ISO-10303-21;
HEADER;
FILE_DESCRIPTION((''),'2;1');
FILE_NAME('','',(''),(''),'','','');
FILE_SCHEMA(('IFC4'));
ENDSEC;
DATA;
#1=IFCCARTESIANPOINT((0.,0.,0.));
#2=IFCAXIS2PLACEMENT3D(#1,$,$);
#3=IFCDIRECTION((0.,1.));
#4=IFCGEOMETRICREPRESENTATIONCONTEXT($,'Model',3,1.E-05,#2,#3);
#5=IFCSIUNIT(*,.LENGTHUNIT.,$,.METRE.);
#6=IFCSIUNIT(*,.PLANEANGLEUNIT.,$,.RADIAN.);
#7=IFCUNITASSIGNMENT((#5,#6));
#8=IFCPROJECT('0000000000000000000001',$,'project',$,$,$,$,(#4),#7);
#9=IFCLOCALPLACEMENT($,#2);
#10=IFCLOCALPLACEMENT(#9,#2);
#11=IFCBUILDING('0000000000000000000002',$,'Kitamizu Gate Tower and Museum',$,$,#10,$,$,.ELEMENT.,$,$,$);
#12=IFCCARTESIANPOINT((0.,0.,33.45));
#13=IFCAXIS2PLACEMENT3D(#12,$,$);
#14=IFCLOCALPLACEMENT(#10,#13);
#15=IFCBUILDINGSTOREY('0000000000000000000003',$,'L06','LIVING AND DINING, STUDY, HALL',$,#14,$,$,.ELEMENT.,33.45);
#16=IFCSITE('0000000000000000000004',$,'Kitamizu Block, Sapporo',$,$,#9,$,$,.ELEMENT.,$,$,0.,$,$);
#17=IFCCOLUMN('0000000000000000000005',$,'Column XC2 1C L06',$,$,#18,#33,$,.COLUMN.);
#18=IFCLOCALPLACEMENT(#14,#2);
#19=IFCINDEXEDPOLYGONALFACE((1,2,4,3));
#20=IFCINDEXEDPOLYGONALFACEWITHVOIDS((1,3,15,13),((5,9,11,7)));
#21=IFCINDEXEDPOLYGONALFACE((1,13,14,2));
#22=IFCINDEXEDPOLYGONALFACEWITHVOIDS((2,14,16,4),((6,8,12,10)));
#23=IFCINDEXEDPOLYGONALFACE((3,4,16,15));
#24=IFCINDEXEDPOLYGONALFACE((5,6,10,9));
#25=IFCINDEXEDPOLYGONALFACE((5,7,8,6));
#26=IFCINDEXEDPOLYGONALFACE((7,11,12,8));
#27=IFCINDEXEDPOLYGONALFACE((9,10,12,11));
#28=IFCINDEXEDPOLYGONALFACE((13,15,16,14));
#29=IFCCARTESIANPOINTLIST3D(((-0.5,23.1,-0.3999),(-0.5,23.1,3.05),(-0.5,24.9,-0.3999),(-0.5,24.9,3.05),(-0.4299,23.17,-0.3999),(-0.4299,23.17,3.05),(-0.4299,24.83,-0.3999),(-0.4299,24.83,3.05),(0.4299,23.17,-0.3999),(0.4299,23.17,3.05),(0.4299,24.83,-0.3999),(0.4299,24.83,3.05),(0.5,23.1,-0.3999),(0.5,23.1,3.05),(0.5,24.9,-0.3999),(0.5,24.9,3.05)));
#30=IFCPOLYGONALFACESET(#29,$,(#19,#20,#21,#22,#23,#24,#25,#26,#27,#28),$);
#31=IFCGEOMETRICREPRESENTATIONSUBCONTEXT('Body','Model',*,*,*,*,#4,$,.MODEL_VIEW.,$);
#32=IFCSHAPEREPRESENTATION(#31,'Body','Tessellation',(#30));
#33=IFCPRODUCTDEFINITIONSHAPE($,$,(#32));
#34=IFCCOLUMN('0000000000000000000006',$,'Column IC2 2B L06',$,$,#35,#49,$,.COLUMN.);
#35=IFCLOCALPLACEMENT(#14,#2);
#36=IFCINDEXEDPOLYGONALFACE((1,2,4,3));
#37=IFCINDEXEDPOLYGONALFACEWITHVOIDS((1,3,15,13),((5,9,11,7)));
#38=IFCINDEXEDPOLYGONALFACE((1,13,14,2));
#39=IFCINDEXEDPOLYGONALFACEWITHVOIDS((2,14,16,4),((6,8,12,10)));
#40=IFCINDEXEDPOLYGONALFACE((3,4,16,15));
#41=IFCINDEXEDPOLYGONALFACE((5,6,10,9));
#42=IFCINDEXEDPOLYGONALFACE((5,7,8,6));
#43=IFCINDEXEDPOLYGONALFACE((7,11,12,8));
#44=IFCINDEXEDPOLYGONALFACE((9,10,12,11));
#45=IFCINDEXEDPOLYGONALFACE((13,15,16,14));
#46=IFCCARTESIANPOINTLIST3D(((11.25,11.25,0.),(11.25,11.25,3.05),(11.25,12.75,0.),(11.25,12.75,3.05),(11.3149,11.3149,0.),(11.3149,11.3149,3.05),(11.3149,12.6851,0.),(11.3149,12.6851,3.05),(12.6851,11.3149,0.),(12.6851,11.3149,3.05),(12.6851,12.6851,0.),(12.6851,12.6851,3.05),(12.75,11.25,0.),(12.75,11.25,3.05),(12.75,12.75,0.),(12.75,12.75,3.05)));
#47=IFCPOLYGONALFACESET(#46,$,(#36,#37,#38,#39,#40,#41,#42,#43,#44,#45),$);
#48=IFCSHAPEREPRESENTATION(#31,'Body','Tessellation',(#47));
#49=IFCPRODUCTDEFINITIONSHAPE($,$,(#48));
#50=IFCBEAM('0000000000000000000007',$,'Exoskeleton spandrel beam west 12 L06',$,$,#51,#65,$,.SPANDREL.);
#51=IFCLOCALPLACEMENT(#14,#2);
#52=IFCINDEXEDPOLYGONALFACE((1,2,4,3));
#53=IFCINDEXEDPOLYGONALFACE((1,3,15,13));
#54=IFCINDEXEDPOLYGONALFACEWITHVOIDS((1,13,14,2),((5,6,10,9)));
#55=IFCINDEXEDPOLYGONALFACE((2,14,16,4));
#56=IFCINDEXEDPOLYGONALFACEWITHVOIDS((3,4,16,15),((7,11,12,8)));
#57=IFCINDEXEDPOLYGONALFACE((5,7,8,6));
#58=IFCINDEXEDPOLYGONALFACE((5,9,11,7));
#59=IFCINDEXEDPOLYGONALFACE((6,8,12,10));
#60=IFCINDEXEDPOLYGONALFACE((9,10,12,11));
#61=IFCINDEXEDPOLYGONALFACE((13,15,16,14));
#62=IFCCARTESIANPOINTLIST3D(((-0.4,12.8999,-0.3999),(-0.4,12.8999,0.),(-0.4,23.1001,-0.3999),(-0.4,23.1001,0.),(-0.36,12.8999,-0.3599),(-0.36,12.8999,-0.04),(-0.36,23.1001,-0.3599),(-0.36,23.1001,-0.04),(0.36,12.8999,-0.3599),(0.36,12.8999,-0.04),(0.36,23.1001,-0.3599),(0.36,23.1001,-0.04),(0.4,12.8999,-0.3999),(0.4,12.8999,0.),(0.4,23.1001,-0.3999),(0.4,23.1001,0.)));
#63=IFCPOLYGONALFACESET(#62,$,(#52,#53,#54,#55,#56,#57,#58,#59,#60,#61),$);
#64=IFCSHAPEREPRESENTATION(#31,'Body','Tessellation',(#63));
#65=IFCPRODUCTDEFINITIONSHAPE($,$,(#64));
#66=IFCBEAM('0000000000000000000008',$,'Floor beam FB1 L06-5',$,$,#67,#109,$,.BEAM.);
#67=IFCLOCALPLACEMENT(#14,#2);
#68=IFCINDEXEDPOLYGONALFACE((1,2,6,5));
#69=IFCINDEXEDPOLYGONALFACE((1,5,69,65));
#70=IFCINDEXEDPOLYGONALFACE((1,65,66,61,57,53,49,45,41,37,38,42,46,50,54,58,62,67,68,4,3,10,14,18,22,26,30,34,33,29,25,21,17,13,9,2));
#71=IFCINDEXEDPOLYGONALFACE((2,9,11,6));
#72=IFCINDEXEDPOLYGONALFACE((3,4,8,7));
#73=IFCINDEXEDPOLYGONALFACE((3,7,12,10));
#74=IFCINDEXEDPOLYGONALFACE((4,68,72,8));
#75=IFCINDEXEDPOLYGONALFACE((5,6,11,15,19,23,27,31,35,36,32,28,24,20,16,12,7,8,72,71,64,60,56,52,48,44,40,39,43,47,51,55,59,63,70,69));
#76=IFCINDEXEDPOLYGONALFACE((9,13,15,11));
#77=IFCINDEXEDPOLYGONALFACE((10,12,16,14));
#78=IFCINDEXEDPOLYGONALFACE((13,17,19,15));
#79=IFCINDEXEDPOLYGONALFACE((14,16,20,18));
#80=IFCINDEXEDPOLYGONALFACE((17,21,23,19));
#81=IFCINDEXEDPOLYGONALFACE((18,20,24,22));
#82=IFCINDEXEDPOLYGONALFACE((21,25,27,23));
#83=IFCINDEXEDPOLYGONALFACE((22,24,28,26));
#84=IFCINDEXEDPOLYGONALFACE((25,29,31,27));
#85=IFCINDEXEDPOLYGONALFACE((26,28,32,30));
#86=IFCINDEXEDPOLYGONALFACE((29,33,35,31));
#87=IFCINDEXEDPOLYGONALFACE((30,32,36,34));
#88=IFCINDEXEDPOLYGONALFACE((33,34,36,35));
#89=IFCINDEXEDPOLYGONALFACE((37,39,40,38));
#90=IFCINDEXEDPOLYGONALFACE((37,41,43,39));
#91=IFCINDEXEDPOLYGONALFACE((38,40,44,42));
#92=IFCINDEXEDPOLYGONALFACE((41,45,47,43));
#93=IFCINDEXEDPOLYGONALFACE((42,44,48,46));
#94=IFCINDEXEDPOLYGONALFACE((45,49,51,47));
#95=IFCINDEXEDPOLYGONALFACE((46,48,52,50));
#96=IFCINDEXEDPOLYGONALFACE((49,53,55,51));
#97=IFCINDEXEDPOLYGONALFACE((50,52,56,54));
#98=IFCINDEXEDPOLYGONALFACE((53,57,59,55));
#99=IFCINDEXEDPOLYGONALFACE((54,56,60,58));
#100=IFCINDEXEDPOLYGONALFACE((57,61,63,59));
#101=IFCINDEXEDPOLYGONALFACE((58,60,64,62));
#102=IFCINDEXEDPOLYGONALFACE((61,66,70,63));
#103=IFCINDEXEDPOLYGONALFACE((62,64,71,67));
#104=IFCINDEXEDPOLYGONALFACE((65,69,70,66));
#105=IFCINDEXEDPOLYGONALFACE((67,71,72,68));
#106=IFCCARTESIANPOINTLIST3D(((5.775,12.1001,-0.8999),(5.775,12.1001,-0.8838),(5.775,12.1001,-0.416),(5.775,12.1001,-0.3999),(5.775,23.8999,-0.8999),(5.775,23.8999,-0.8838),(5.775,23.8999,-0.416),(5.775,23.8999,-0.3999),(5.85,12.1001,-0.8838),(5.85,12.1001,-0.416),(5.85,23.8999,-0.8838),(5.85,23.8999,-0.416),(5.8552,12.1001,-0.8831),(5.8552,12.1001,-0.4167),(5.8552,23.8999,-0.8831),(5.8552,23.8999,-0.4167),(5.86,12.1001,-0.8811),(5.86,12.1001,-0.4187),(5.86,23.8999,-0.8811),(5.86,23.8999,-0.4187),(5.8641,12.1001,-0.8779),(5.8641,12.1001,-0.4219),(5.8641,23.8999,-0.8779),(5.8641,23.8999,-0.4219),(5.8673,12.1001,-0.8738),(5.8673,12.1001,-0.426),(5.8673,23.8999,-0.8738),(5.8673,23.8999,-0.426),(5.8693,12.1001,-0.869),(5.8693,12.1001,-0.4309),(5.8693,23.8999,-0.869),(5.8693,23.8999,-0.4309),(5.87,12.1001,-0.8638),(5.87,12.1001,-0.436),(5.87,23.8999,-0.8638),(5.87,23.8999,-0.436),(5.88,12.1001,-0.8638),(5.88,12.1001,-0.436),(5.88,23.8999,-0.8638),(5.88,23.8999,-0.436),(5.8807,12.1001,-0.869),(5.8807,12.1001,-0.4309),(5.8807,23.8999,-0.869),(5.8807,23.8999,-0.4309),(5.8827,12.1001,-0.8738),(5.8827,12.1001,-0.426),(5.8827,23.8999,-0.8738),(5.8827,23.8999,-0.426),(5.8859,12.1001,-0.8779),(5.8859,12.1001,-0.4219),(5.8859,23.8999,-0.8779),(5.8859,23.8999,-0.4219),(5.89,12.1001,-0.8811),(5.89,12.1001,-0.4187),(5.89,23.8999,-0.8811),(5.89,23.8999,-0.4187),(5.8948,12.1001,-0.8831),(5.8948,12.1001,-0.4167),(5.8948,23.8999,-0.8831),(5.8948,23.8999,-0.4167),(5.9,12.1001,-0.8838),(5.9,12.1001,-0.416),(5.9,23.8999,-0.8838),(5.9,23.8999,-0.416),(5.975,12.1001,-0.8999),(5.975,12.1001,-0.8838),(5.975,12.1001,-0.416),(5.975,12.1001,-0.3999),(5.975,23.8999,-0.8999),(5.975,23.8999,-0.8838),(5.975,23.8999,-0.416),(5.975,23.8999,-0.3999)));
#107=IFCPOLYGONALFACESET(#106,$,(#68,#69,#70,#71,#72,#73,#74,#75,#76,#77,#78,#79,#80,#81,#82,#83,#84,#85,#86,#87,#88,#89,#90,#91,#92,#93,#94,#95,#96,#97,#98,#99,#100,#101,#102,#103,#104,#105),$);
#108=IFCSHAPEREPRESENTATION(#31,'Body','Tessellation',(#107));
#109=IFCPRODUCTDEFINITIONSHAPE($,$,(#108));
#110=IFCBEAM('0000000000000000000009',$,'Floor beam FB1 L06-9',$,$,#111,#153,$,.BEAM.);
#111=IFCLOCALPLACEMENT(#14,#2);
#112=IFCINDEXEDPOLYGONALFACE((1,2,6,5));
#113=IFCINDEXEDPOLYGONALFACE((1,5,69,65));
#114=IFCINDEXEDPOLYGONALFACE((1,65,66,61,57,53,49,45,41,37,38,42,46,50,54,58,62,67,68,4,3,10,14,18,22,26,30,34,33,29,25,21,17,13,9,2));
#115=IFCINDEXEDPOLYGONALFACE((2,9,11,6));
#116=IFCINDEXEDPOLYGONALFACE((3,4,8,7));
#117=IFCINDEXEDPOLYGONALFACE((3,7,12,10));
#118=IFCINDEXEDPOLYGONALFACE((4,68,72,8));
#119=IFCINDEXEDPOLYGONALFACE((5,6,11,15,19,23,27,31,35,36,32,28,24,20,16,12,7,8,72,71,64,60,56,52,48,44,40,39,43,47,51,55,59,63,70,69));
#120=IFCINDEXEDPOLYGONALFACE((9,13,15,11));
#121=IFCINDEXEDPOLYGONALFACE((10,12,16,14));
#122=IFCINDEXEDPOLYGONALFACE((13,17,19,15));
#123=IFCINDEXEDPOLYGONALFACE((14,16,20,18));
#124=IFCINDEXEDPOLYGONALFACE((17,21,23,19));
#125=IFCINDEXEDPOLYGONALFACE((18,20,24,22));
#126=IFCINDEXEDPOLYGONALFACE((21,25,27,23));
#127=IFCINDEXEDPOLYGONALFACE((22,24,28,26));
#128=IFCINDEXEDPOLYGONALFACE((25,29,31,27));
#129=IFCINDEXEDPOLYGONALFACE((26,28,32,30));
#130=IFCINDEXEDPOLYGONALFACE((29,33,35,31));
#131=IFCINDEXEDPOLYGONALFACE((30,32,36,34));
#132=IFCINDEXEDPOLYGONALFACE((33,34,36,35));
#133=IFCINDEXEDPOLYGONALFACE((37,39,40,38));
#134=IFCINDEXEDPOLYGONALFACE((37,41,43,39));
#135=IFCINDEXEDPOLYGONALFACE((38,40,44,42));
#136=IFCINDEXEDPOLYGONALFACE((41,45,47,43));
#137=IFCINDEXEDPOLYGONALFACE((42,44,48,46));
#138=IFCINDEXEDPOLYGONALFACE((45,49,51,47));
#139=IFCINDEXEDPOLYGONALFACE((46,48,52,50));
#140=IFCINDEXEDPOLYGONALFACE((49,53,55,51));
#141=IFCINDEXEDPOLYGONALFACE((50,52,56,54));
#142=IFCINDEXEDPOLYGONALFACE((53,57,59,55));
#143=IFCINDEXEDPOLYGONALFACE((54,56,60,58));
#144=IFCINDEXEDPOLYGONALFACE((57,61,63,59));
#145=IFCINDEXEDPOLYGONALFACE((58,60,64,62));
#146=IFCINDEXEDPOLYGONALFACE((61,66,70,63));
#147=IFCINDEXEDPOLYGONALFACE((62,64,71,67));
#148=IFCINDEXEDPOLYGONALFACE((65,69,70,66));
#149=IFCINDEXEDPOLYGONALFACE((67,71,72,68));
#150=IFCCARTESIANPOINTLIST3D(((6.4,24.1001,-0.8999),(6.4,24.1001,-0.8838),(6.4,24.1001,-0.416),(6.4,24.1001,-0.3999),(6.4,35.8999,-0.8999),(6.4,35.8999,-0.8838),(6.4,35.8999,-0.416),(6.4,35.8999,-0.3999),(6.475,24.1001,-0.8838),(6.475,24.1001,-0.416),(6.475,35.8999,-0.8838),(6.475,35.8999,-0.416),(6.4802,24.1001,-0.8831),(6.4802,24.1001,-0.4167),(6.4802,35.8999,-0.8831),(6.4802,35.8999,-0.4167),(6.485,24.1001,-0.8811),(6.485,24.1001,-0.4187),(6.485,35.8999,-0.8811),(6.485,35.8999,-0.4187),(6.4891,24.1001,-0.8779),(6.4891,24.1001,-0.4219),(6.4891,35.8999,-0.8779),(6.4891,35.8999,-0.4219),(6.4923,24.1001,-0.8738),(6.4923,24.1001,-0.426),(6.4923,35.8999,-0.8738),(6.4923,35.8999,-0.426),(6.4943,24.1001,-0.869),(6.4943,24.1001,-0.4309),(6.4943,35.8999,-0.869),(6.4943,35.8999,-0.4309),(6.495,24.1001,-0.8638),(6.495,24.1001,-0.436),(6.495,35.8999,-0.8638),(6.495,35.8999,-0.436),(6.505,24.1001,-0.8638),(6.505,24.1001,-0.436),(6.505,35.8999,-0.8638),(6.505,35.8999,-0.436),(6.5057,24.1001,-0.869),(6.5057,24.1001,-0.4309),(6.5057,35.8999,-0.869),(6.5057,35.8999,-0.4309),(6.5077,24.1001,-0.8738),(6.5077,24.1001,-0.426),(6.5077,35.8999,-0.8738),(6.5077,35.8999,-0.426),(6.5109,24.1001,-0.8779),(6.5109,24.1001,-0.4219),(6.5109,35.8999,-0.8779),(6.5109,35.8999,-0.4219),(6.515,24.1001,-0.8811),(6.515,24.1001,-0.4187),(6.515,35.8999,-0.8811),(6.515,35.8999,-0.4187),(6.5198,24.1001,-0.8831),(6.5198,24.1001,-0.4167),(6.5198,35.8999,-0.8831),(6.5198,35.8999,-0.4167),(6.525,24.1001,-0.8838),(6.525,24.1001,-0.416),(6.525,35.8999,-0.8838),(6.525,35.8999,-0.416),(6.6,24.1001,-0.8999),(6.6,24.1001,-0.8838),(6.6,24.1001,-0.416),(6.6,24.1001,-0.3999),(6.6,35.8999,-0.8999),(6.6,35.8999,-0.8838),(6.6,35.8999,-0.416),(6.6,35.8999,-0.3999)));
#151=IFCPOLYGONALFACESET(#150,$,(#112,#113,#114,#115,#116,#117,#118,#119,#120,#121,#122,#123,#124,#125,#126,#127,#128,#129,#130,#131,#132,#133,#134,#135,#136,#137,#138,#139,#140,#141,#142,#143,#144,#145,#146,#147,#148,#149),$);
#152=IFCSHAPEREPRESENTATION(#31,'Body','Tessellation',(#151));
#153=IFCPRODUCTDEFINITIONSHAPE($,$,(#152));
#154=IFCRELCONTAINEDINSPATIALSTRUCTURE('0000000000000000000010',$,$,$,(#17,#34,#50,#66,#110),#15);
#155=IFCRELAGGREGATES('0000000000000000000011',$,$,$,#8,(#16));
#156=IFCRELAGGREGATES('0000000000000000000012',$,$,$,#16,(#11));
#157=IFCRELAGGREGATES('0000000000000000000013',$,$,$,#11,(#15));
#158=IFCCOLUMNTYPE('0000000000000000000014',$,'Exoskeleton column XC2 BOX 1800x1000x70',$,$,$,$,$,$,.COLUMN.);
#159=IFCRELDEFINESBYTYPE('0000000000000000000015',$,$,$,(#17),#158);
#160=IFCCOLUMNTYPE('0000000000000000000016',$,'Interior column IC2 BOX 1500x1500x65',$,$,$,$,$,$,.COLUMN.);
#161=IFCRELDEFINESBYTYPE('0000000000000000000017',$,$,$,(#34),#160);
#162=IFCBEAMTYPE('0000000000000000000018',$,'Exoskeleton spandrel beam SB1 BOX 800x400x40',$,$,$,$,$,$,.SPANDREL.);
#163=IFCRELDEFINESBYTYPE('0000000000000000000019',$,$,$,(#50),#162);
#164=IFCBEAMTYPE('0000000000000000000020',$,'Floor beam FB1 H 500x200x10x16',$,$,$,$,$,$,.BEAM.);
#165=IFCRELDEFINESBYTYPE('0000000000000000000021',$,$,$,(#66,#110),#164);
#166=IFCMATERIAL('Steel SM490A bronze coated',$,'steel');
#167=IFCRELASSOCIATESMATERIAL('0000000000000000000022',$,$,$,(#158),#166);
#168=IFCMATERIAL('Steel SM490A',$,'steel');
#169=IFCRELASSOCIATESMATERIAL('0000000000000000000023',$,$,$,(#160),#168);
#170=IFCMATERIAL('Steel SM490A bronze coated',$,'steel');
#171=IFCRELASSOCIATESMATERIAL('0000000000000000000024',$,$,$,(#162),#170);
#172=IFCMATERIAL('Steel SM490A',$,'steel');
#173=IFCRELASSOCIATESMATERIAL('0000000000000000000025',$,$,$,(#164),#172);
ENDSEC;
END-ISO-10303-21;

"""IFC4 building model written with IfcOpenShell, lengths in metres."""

from ifc_helpers import new_model, si_unit, direction, frame, origin, origin_2d, place, context, subcontext, project, spatial, hollow_rectangle, i_section, extrude, material, material_profile, profile_set, type_object, element, save


model = new_model("IFC4")

# Units and contexts
model_context = context("Model", 3, precision=1e-05, world=origin(), true_north=direction((0.0, 1.0)))
body_context = subcontext(model_context, "Body", "Model", "MODEL_VIEW")
ifc_project = project(units=[si_unit("LENGTHUNIT", "METRE"), si_unit("PLANEANGLEUNIT", "RADIAN")], contexts=[model_context])

# Site, building, storey
site_placement = place(None, origin())
site = spatial("IfcSite", under=ifc_project, at=site_placement, Name="Kitamizu Block, Sapporo", CompositionType="ELEMENT", RefElevation=0.0)
building_placement = place(site_placement, origin())
building = spatial("IfcBuilding", under=site, at=building_placement, Name="Kitamizu Gate Tower and Museum", CompositionType="ELEMENT")
storey_placement = place(building_placement, frame((0.0, 0.0, 33.45)))
storey = spatial("IfcBuildingStorey", under=building, at=storey_placement, Name="L06", Description="LIVING AND DINING, STUDY, HALL", CompositionType="ELEMENT", Elevation=33.45)

# Columns
ifc_material_1 = material(Name="Steel SM490A bronze coated", Category="steel")
ifc_material_profile_1 = material_profile(ifc_material_1, hollow_rectangle(XDim=1.8, YDim=1.0, WallThickness=0.0701, at=origin_2d()), Name="BOX 1800x1000x70")
ifc_profile_set_1 = profile_set([ifc_material_profile_1], Name="Steel SM490A bronze coated")
column_type_1 = type_object("IfcColumnType", Name="Exoskeleton column XC2 BOX 1800x1000x70", PredefinedType="COLUMN", material=ifc_profile_set_1)
column_1_placement = place(storey_placement, frame((0.0, 24.0, -0.3999), z_axis=(0.0, 0.0, 1.0), x_axis=(0.0, 1.0, 0.0)))
element("IfcColumn", 1, at=column_1_placement, inside=storey, type_object=column_type_1, Name="Column XC2 1C L06", PredefinedType="COLUMN", context=body_context, shape_type="SweptSolid", body=[
    extrude(hollow_rectangle(XDim=1.8, YDim=1.0, WallThickness=0.0701, at=origin_2d()), origin(), (0.0, 0.0, 1.0), 3.45),
])
ifc_material_2 = material(Name="Steel SM490A", Category="steel")
ifc_material_profile_2 = material_profile(ifc_material_2, hollow_rectangle(XDim=1.5, YDim=1.5, WallThickness=0.0649, at=origin_2d()), Name="BOX 1500x1500x65")
ifc_profile_set_2 = profile_set([ifc_material_profile_2], Name="Steel SM490A")
column_type_2 = type_object("IfcColumnType", Name="Interior column IC2 BOX 1500x1500x65", PredefinedType="COLUMN", material=ifc_profile_set_2)
column_2_placement = place(storey_placement, frame((12.0, 12.0, 0.0), z_axis=(0.0, 0.0, 1.0), x_axis=(1.0, 0.0, 0.0)))
element("IfcColumn", 2, at=column_2_placement, inside=storey, type_object=column_type_2, Name="Column IC2 2B L06", PredefinedType="COLUMN", context=body_context, shape_type="SweptSolid", body=[
    extrude(hollow_rectangle(XDim=1.5, YDim=1.5, WallThickness=0.0649, at=origin_2d()), origin(), (0.0, 0.0, 1.0), 3.05),
])

# Beams
ifc_material_3 = material(Name="Steel SM490A bronze coated", Category="steel")
ifc_material_profile_3 = material_profile(ifc_material_3, hollow_rectangle(XDim=0.8, YDim=0.3999, WallThickness=0.04, at=origin_2d()), Name="BOX 800x400x40")
ifc_profile_set_3 = profile_set([ifc_material_profile_3], Name="Steel SM490A bronze coated")
beam_type_1 = type_object("IfcBeamType", Name="Exoskeleton spandrel beam SB1 BOX 800x400x40", PredefinedType="SPANDREL", material=ifc_profile_set_3)
beam_1_placement = place(storey_placement, frame((0.0, 12.8999, -0.2), z_axis=(0.0, 1.0, 0.0), x_axis=(-1.0, 0.0, 0.0)))
element("IfcBeam", 3, at=beam_1_placement, inside=storey, type_object=beam_type_1, Name="Exoskeleton spandrel beam west 12 L06", PredefinedType="SPANDREL", context=body_context, shape_type="SweptSolid", body=[
    extrude(hollow_rectangle(XDim=0.8, YDim=0.3999, WallThickness=0.04, at=origin_2d()), origin(), (0.0, 0.0, 1.0), 10.2002),
])
ifc_material_4 = material(Name="Steel SM490A", Category="steel")
ifc_material_profile_4 = material_profile(ifc_material_4, i_section(OverallWidth=0.2, OverallDepth=0.5, WebThickness=0.01, FlangeThickness=0.0161, FilletRadius=0.02, at=origin_2d()), Name="H-500x200x10x16")
ifc_profile_set_4 = profile_set([ifc_material_profile_4], Name="Steel SM490A")
beam_type_2 = type_object("IfcBeamType", Name="Floor beam FB1 H 500x200x10x16", PredefinedType="BEAM", material=ifc_profile_set_4)
for number, where, z_axis, x_axis, name in (
    (4, (5.875, 12.1001, -0.6499), (0.0, 1.0, 0.0), (-1.0, 0.0, 0.0), "Floor beam FB1 L06-5"),
    (5, (6.5, 24.1001, -0.6499), (0.0, 1.0, 0.0), (-1.0, 0.0, 0.0), "Floor beam FB1 L06-9"),
):
    element("IfcBeam", number, at=place(storey_placement, frame(where, z_axis=z_axis, x_axis=x_axis)), inside=storey, type_object=beam_type_2, Name=name, PredefinedType="BEAM", context=body_context, shape_type="SweptSolid", body=[
        extrude(i_section(OverallWidth=0.2, OverallDepth=0.5, WebThickness=0.01, FlangeThickness=0.0161, FilletRadius=0.02, at=origin_2d()), origin(), (0.0, 0.0, 1.0), 11.7998),
    ])

save(model, "model.ifc")
